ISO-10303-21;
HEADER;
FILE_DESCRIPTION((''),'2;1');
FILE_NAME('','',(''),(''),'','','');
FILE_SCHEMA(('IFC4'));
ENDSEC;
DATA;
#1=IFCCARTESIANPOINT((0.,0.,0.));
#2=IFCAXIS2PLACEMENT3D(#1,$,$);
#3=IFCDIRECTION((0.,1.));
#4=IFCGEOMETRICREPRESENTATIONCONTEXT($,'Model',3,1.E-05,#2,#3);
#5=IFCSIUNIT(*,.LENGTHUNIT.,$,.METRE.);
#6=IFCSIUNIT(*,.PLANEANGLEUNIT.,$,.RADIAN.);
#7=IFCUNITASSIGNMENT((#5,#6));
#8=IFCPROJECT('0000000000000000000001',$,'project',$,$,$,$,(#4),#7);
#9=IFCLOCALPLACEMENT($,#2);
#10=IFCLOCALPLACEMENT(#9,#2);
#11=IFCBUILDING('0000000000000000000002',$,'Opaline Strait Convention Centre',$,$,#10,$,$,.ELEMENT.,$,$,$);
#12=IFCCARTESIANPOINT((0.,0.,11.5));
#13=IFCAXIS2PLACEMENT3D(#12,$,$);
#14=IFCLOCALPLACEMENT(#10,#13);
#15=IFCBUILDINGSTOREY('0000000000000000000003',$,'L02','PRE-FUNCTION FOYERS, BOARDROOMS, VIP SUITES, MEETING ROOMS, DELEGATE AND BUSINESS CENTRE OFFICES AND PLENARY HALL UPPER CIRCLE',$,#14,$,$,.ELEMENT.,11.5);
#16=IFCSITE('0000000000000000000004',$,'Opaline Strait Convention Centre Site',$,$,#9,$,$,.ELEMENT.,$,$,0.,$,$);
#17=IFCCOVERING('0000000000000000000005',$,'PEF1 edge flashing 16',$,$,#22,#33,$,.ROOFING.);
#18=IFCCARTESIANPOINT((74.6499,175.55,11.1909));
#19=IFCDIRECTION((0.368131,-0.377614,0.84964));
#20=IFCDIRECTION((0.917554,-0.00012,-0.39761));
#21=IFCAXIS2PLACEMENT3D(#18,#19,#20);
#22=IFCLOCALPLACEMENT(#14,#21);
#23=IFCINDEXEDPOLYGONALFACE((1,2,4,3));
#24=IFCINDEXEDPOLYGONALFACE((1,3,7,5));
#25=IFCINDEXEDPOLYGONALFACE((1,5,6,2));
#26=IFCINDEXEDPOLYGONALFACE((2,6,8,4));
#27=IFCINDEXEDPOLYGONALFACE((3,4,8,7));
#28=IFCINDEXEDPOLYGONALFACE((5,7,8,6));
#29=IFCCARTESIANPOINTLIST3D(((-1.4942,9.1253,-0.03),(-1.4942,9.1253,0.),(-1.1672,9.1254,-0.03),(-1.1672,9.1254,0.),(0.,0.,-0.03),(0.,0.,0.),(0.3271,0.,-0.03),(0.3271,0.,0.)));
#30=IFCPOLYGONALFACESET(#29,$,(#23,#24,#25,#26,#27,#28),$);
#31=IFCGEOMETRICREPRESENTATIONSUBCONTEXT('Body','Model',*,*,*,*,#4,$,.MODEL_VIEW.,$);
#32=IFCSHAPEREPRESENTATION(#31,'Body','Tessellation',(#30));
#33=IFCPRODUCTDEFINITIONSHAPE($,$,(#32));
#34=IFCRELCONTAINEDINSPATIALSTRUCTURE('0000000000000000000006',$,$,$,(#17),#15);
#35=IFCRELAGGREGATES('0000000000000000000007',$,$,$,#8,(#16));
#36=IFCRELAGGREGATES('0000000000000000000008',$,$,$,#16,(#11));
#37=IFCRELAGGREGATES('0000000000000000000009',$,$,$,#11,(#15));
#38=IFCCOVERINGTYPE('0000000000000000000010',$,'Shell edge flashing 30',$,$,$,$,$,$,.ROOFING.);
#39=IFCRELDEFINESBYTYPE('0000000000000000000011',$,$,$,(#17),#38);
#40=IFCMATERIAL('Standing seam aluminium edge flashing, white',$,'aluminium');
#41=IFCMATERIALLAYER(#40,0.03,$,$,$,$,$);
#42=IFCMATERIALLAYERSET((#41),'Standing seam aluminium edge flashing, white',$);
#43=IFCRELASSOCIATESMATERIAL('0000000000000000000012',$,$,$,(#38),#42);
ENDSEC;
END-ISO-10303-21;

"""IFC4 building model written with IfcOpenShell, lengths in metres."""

from ifc_helpers import new_model, si_unit, direction, frame, origin, place, context, subcontext, project, spatial, polyline, outline, extrude, material, layer, layer_set, type_object, element, save


model = new_model("IFC4")

# Units and contexts
model_context = context("Model", 3, precision=1e-05, world=origin(), true_north=direction((0.0, 1.0)))
body_context = subcontext(model_context, "Body", "Model", "MODEL_VIEW")
ifc_project = project(units=[si_unit("LENGTHUNIT", "METRE"), si_unit("PLANEANGLEUNIT", "RADIAN")], contexts=[model_context])

# Site, building, storey
site_placement = place(None, origin())
site = spatial("IfcSite", under=ifc_project, at=site_placement, Name="Opaline Strait Convention Centre Site", CompositionType="ELEMENT", RefElevation=0.0)
building_placement = place(site_placement, origin())
building = spatial("IfcBuilding", under=site, at=building_placement, Name="Opaline Strait Convention Centre", CompositionType="ELEMENT")
storey_placement = place(building_placement, frame((0.0, 0.0, 11.5)))
storey = spatial("IfcBuildingStorey", under=building, at=storey_placement, Name="L02", Description="PRE-FUNCTION FOYERS, BOARDROOMS, VIP SUITES, MEETING ROOMS, DELEGATE AND BUSINESS CENTRE OFFICES AND PLENARY HALL UPPER CIRCLE", CompositionType="ELEMENT", Elevation=11.5)

# Covering
ifc_material_1 = material(Name="Standing seam aluminium edge flashing, white", Category="aluminium")
ifc_layer_1 = layer(ifc_material_1, 0.03)
ifc_layer_set_1 = layer_set([ifc_layer_1], Name="Standing seam aluminium edge flashing, white")
covering_type_1 = type_object("IfcCoveringType", Name="Shell edge flashing 30", PredefinedType="ROOFING", material=ifc_layer_set_1)
covering_1_placement = place(storey_placement, frame((74.6499, 175.55, 11.1909), z_axis=(0.368131, -0.377614, 0.84964), x_axis=(0.917554, -0.00012, -0.39761)))
element("IfcCovering", 1, at=covering_1_placement, inside=storey, type_object=covering_type_1, Name="PEF1 edge flashing 16", PredefinedType="ROOFING", context=body_context, shape_type="SweptSolid", body=[
    extrude(outline(polyline([(0.0, 0.0), (0.3271, 0.0), (-1.1672, 9.1254), (-1.4942, 9.1253), (0.0, 0.0)])), origin(), (0.0, 0.0, -1.0), 0.03),
])

save(model, "model.ifc")
